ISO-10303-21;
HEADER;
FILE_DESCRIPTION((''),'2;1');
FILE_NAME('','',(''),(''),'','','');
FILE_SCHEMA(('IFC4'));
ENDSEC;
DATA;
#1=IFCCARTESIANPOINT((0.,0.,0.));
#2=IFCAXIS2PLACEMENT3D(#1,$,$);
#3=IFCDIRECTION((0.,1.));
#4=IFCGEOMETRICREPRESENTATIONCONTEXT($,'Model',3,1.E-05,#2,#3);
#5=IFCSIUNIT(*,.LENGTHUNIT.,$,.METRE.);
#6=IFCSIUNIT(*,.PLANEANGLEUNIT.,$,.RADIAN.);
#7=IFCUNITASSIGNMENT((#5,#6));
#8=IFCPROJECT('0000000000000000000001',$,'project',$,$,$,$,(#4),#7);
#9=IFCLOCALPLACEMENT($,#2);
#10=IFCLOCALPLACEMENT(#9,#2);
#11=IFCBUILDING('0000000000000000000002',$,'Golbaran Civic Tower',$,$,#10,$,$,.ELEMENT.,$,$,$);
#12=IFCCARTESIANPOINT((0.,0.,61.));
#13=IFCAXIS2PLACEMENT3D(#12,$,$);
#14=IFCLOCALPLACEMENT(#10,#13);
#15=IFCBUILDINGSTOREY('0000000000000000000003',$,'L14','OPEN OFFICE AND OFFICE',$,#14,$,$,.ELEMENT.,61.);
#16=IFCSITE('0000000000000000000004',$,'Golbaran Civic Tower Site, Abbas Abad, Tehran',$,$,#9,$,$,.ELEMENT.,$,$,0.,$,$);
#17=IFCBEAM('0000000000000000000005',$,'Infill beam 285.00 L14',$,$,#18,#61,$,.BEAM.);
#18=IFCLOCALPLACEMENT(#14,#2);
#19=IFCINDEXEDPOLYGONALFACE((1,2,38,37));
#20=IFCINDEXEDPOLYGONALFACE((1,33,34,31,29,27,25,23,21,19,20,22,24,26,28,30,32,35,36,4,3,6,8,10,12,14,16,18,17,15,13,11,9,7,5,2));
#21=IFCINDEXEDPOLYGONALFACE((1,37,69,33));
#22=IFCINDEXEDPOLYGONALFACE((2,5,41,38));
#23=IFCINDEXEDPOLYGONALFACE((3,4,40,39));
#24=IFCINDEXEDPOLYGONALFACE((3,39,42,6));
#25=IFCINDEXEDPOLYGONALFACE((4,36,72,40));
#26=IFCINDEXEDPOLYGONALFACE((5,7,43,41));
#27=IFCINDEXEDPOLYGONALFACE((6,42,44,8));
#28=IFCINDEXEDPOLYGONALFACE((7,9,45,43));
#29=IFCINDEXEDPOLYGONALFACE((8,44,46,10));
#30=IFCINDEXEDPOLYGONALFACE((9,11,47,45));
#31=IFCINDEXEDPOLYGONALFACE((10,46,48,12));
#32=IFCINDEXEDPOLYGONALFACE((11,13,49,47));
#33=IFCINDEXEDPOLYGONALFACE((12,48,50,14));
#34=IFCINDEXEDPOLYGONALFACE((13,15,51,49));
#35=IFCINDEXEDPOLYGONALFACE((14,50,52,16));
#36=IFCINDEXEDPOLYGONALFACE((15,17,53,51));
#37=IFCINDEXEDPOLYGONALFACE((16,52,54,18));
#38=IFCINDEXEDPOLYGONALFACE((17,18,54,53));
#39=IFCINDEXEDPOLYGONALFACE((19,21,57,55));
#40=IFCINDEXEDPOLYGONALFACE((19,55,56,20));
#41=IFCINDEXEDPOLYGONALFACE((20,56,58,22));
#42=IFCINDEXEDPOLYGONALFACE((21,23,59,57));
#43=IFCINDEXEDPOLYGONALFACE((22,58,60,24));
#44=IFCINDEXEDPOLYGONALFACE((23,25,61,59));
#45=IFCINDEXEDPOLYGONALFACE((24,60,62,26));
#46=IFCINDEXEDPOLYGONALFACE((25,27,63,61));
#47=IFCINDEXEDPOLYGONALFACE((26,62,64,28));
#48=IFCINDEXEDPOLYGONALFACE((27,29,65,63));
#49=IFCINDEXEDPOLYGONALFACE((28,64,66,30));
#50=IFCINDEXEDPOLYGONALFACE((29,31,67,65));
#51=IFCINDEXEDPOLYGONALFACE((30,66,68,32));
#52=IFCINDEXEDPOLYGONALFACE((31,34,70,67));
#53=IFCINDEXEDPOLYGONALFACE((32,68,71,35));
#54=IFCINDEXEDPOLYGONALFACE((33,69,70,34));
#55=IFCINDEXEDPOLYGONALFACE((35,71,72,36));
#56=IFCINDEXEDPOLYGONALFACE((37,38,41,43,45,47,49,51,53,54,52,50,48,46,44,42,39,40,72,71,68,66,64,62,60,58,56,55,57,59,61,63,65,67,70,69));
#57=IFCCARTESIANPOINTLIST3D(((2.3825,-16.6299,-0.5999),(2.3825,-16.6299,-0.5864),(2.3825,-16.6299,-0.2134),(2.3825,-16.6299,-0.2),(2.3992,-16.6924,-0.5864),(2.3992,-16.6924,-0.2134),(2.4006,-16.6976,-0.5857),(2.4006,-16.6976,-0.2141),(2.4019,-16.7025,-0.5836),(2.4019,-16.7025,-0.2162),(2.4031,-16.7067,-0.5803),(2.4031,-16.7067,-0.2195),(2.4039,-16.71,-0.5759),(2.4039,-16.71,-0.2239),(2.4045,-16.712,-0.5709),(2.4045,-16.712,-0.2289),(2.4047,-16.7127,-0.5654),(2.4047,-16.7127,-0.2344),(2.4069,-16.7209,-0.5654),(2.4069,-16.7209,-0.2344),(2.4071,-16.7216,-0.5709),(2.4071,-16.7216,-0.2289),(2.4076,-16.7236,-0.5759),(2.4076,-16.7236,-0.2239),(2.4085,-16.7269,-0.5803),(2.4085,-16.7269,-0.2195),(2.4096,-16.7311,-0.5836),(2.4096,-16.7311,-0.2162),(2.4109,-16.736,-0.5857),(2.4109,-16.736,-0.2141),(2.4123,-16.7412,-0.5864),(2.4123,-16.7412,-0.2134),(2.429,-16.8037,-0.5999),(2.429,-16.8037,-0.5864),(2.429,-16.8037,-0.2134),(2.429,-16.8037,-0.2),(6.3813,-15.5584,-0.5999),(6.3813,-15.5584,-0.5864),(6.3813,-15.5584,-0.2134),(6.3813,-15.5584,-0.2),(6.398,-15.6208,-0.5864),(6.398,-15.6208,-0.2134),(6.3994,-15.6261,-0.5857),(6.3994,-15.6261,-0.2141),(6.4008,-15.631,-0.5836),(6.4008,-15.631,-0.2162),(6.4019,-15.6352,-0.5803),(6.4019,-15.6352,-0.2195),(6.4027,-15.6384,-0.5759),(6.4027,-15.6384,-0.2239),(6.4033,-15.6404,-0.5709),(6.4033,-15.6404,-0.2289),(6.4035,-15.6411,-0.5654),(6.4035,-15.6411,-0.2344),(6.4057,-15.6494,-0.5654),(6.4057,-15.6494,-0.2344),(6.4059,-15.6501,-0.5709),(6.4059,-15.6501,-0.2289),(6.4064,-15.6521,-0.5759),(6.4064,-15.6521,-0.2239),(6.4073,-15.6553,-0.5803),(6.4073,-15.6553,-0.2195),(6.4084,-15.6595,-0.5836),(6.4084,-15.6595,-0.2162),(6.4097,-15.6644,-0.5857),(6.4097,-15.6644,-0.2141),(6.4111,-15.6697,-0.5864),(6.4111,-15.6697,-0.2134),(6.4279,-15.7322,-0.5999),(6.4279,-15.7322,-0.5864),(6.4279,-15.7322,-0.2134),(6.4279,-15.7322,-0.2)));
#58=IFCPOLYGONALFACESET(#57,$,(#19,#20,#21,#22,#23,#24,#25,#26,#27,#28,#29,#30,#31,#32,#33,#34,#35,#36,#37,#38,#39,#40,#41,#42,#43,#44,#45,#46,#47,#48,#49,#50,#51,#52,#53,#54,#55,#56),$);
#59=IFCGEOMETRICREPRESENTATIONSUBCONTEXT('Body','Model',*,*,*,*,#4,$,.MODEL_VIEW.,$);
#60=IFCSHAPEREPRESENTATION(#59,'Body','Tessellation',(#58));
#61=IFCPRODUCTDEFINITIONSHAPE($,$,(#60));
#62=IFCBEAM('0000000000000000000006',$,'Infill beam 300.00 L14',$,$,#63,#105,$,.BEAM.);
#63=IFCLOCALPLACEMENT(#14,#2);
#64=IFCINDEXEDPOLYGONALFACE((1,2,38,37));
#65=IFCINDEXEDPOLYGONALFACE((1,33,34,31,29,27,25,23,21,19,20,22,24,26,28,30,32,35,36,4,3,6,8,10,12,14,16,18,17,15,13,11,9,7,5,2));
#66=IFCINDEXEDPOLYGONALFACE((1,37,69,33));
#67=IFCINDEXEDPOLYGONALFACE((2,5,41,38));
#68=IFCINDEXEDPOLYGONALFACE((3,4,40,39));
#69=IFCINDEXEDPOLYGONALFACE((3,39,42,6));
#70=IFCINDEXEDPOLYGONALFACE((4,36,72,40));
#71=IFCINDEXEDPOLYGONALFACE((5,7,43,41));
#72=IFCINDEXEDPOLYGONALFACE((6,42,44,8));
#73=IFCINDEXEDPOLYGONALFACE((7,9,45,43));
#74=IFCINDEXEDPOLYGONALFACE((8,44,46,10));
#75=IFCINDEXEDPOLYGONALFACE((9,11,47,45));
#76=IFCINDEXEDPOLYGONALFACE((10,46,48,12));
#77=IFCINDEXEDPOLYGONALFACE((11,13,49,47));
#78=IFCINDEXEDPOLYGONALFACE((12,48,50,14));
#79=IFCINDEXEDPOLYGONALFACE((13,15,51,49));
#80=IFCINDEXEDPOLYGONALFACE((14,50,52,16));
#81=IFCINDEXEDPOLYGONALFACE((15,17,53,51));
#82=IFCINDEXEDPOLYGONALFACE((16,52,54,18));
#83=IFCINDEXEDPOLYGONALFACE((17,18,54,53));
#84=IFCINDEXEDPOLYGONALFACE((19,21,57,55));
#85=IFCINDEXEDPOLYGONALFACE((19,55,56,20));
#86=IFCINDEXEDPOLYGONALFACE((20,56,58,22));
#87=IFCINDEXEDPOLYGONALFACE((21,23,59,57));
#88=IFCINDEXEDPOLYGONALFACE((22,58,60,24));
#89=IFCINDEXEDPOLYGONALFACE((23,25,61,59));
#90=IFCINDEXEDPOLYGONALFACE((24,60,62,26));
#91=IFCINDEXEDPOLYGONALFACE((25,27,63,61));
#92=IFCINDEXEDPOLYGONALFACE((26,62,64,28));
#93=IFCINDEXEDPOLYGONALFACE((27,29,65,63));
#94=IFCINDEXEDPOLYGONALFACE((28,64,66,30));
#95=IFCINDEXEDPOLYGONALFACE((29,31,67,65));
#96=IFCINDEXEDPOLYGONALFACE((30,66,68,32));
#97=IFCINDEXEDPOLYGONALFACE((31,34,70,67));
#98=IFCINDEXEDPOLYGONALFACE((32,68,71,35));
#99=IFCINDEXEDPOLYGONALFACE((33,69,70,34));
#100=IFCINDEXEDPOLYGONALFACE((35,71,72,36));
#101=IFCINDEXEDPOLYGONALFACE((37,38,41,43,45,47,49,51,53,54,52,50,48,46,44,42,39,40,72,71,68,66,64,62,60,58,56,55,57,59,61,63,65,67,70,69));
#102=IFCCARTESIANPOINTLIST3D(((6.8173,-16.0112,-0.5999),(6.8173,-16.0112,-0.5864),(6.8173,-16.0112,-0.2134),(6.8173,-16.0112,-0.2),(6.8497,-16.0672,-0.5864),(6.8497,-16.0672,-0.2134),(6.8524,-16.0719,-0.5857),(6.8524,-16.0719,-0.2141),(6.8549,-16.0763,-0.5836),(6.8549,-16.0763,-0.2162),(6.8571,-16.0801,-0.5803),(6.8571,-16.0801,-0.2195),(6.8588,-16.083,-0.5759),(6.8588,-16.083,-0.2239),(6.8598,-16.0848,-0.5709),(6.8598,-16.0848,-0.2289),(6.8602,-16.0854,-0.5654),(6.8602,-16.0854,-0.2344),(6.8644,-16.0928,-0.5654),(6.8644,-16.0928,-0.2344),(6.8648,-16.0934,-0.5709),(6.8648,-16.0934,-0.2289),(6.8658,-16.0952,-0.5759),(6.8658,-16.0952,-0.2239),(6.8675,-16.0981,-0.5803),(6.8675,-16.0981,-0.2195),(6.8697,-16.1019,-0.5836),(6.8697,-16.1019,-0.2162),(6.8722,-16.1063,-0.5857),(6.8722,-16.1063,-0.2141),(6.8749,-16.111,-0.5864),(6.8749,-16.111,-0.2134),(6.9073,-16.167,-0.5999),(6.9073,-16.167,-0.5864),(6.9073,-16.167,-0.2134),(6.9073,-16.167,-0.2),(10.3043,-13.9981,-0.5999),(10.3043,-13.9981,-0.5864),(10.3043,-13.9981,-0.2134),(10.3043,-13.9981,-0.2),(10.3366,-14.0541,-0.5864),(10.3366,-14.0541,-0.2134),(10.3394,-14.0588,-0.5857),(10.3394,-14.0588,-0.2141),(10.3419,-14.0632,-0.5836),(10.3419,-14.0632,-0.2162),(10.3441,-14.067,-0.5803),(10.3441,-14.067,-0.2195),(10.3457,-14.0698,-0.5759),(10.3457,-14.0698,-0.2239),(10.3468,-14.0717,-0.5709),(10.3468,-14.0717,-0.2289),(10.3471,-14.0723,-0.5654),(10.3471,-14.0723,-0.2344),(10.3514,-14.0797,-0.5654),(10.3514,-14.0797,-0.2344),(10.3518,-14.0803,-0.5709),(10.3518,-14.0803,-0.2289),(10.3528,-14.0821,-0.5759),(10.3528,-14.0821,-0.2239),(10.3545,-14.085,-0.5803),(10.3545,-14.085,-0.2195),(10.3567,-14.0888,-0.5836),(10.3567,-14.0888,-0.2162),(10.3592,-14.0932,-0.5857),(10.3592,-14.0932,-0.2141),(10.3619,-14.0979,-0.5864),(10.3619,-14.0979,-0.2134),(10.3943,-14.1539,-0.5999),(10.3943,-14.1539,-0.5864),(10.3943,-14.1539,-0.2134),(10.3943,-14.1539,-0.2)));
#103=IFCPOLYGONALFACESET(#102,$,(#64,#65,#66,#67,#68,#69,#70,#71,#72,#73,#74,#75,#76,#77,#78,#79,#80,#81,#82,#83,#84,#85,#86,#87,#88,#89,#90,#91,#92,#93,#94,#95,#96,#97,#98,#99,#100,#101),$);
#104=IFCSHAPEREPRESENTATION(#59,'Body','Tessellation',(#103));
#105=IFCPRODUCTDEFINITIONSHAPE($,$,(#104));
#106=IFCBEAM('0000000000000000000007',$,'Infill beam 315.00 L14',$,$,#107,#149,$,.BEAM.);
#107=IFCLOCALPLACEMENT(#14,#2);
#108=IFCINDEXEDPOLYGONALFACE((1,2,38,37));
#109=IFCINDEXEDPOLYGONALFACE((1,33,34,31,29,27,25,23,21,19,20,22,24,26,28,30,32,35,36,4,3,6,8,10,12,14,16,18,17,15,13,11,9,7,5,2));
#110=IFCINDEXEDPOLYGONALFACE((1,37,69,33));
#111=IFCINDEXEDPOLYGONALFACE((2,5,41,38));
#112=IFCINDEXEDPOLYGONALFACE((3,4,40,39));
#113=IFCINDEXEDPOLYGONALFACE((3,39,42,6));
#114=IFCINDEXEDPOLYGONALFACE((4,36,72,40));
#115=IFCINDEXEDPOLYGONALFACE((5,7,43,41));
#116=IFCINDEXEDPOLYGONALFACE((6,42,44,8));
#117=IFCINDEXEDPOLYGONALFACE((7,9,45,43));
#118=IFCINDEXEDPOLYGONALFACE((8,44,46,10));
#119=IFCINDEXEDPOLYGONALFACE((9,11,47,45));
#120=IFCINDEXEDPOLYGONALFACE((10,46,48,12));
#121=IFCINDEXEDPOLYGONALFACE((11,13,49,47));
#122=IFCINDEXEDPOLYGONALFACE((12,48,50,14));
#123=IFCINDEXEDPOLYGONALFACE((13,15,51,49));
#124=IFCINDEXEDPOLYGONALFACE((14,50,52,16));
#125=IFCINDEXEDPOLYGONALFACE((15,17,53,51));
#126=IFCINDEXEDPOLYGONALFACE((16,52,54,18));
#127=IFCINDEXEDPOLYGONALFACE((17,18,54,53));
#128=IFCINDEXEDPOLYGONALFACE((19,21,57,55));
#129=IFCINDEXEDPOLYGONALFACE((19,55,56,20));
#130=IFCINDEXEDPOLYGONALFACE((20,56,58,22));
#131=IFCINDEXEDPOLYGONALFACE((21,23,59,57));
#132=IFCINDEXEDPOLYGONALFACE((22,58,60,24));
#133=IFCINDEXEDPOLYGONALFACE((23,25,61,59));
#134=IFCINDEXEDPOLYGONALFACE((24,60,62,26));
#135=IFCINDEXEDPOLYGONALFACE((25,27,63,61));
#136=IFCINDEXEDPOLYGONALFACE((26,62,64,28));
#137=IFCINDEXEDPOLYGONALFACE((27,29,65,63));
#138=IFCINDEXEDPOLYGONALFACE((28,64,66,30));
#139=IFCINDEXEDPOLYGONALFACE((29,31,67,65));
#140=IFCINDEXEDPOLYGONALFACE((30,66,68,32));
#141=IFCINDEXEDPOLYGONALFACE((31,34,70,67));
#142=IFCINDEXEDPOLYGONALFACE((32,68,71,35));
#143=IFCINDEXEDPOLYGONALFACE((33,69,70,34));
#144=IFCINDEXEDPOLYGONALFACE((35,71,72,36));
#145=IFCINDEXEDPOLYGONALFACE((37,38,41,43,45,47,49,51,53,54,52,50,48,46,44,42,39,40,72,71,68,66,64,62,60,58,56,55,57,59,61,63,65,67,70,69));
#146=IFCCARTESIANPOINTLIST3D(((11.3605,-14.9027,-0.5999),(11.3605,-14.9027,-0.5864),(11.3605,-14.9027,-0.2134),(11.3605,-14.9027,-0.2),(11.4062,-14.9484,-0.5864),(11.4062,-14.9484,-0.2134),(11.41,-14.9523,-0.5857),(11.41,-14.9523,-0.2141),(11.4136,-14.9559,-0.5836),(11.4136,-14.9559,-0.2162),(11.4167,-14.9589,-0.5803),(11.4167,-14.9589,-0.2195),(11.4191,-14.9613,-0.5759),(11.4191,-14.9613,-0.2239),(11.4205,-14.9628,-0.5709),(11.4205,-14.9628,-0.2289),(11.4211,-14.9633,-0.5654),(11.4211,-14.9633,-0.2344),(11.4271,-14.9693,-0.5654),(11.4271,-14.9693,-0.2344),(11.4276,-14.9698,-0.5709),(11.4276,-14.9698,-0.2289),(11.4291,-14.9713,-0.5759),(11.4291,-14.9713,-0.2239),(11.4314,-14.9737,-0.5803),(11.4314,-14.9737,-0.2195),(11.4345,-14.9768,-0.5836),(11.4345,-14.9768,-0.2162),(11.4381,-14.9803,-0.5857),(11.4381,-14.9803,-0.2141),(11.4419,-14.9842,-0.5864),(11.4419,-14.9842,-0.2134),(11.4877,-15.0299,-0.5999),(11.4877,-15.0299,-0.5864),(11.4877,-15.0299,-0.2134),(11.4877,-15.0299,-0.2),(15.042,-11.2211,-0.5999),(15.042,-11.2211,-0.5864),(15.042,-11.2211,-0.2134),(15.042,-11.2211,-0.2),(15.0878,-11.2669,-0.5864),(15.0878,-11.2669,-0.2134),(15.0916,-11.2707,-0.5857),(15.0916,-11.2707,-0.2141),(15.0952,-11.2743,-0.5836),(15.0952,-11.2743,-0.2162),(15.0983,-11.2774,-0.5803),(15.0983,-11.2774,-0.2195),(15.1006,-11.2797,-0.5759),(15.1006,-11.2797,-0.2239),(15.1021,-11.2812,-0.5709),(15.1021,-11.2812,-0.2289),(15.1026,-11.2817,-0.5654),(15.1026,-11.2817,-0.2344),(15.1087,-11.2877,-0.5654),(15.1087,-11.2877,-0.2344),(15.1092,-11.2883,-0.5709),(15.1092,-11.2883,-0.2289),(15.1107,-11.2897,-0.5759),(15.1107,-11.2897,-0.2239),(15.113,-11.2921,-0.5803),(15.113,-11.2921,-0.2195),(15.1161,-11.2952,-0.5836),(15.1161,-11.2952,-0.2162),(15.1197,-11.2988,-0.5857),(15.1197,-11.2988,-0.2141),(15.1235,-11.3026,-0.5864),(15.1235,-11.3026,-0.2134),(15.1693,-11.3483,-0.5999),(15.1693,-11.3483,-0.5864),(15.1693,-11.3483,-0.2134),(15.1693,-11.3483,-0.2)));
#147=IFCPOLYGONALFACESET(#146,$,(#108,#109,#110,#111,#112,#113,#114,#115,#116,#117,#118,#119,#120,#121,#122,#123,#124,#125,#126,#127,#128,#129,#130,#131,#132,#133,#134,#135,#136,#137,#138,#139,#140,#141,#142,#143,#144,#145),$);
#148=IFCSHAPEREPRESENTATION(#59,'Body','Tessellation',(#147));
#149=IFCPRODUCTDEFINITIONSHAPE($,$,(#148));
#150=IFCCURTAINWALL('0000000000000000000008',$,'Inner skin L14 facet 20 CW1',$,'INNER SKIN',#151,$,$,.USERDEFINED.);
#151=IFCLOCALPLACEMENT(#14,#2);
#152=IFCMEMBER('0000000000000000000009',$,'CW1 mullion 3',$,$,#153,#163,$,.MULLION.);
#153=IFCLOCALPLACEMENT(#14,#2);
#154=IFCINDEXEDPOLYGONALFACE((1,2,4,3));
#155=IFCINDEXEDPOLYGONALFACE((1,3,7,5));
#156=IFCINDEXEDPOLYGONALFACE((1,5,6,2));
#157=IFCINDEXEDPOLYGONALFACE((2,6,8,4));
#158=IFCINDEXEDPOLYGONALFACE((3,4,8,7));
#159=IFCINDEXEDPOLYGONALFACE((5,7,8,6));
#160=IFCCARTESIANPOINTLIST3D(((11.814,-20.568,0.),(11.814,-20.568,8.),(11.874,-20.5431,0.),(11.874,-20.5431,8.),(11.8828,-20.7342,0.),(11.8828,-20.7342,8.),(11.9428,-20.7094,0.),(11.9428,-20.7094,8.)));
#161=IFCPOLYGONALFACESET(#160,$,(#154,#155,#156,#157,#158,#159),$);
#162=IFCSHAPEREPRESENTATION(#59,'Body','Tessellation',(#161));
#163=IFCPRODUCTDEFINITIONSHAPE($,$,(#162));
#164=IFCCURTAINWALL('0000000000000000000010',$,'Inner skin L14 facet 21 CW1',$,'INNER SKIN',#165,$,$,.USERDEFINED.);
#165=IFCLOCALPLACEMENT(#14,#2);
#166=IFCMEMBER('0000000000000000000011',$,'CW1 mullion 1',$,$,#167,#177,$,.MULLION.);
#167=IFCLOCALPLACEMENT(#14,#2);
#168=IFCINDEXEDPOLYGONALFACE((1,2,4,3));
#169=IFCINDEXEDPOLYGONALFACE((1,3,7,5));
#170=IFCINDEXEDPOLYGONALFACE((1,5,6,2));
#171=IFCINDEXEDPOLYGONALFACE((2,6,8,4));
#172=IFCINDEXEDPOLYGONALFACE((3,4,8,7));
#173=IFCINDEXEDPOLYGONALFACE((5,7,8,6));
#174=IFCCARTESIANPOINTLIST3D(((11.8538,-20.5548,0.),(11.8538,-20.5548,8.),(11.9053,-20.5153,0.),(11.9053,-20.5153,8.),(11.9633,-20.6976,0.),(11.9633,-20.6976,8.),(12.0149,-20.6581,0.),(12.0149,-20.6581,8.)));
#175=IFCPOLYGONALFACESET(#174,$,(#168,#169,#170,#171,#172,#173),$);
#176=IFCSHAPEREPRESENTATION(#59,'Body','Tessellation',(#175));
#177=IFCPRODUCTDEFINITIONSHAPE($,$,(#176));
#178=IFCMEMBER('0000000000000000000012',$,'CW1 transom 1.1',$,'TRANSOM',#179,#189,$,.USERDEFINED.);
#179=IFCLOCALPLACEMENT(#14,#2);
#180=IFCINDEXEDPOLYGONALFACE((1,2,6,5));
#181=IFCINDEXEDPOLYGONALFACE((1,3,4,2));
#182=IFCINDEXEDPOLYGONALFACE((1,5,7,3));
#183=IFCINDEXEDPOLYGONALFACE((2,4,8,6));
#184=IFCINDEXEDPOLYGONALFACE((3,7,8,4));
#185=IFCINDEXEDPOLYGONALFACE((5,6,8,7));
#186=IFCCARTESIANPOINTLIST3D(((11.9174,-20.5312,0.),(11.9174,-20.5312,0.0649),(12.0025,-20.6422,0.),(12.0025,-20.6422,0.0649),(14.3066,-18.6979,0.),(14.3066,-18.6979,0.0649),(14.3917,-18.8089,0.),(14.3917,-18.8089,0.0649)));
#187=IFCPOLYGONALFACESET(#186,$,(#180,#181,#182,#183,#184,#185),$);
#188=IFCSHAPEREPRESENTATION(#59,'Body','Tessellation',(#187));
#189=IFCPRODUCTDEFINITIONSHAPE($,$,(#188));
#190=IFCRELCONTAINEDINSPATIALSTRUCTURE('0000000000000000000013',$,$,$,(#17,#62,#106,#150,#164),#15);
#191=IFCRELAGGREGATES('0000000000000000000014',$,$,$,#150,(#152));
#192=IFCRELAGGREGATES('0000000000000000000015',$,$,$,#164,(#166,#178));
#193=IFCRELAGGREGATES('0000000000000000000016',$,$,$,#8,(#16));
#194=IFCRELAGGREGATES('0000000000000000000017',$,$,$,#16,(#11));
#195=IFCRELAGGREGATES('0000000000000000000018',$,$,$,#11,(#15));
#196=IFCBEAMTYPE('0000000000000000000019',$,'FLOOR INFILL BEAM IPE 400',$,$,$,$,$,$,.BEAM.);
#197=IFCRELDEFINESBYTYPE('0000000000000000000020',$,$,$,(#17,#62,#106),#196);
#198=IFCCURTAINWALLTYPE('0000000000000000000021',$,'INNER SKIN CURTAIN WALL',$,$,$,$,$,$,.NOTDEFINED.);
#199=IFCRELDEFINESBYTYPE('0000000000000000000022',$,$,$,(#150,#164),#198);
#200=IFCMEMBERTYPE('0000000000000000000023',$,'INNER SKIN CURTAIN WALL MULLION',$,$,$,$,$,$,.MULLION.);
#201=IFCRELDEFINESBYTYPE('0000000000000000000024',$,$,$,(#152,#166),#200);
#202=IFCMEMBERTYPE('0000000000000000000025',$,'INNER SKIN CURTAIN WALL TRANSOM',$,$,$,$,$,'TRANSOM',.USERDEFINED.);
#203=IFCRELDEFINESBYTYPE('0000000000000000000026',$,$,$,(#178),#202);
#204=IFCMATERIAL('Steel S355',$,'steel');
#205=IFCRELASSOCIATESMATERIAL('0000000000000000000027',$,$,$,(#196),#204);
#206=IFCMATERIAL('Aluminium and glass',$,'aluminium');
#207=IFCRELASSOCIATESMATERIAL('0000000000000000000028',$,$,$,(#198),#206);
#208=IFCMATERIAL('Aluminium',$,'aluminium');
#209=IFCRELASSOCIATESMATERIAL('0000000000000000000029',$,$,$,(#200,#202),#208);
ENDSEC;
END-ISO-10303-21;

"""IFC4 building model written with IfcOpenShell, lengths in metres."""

from ifc_helpers import new_model, si_unit, direction, frame, origin, origin_2d, place, context, subcontext, project, spatial, rectangle, i_section, extrude, material, material_profile, profile_set, type_object, element, aggregate, save


model = new_model("IFC4")

# Units and contexts
model_context = context("Model", 3, precision=1e-05, world=origin(), true_north=direction((0.0, 1.0)))
body_context = subcontext(model_context, "Body", "Model", "MODEL_VIEW")
ifc_project = project(units=[si_unit("LENGTHUNIT", "METRE"), si_unit("PLANEANGLEUNIT", "RADIAN")], contexts=[model_context])

# Site, building, storey
site_placement = place(None, origin())
site = spatial("IfcSite", under=ifc_project, at=site_placement, Name="Golbaran Civic Tower Site, Abbas Abad, Tehran", CompositionType="ELEMENT", RefElevation=0.0)
building_placement = place(site_placement, origin())
building = spatial("IfcBuilding", under=site, at=building_placement, Name="Golbaran Civic Tower", CompositionType="ELEMENT")
storey_placement = place(building_placement, frame((0.0, 0.0, 61.0)))
storey = spatial("IfcBuildingStorey", under=building, at=storey_placement, Name="L14", Description="OPEN OFFICE AND OFFICE", CompositionType="ELEMENT", Elevation=61.0)

# Beams
ifc_material_1 = material(Name="Steel S355", Category="steel")
ifc_material_profile_1 = material_profile(ifc_material_1, i_section(OverallWidth=0.1799, OverallDepth=0.3999, WebThickness=0.0085, FlangeThickness=0.0134, FilletRadius=0.021, at=origin_2d()), Name="IPE 400")
ifc_profile_set_1 = profile_set([ifc_material_profile_1], Name="Steel S355")
beam_type_1 = type_object("IfcBeamType", Name="FLOOR INFILL BEAM IPE 400", PredefinedType="BEAM", material=ifc_profile_set_1)
beam_1_placement = place(storey_placement, frame((2.4058, -16.7168, -0.3999), z_axis=(0.965922, 0.258833, 0.0), x_axis=(-0.258833, 0.965922, 0.0)))
element("IfcBeam", 1, at=beam_1_placement, inside=storey, type_object=beam_type_1, Name="Infill beam 285.00 L14", PredefinedType="BEAM", context=body_context, shape_type="SweptSolid", body=[
    extrude(i_section(OverallWidth=0.1799, OverallDepth=0.3999, WebThickness=0.0085, FlangeThickness=0.0134, FilletRadius=0.021, at=origin_2d()), origin(), (0.0, 0.0, 1.0), 4.1399),
])
beam_2_placement = place(storey_placement, frame((6.8623, -16.0891, -0.3999), z_axis=(0.866033, 0.499987, 0.0), x_axis=(-0.499987, 0.866033, 0.0)))
element("IfcBeam", 2, at=beam_2_placement, inside=storey, type_object=beam_type_1, Name="Infill beam 300.00 L14", PredefinedType="BEAM", context=body_context, shape_type="SweptSolid", body=[
    extrude(i_section(OverallWidth=0.1799, OverallDepth=0.3999, WebThickness=0.0085, FlangeThickness=0.0134, FilletRadius=0.021, at=origin_2d()), origin(), (0.0, 0.0, 1.0), 4.0264),
])
beam_3_placement = place(storey_placement, frame((11.4241, -14.9663, -0.3999), z_axis=(0.707107, 0.707107, 0.0), x_axis=(-0.707107, 0.707107, 0.0)))
element("IfcBeam", 3, at=beam_3_placement, inside=storey, type_object=beam_type_1, Name="Infill beam 315.00 L14", PredefinedType="BEAM", context=body_context, shape_type="SweptSolid", body=[
    extrude(i_section(OverallWidth=0.1799, OverallDepth=0.3999, WebThickness=0.0085, FlangeThickness=0.0134, FilletRadius=0.021, at=origin_2d()), origin(), (0.0, 0.0, 1.0), 5.2065),
])

# Curtain wall, member
ifc_material_2 = material(Name="Aluminium and glass", Category="aluminium")
curtain_wall_type = type_object("IfcCurtainWallType", Name="INNER SKIN CURTAIN WALL", PredefinedType="NOTDEFINED", material=ifc_material_2)
curtain_wall_1_placement = place(storey_placement, origin())
curtain_wall_1 = element("IfcCurtainWall", 4, at=curtain_wall_1_placement, inside=storey, type_object=curtain_wall_type, Name="Inner skin L14 facet 20 CW1", ObjectType="INNER SKIN", PredefinedType="USERDEFINED")
ifc_material_3 = material(Name="Aluminium", Category="aluminium")
ifc_material_profile_2 = material_profile(ifc_material_3, rectangle(XDim=0.1799, YDim=0.0649, at=origin_2d()), Name="INNER SKIN CURTAIN WALL MULLION")
ifc_profile_set_2 = profile_set([ifc_material_profile_2], Name="Aluminium")
member_type_1 = type_object("IfcMemberType", Name="INNER SKIN CURTAIN WALL MULLION", PredefinedType="MULLION", material=ifc_profile_set_2)
member_1_placement = place(storey_placement, frame((11.8784, -20.6387, 0.0), z_axis=(0.0, 0.0, 1.0), x_axis=(-0.382683, 0.92388, 0.0)))
member_1 = element("IfcMember", 5, at=member_1_placement, type_object=member_type_1, Name="CW1 mullion 3", PredefinedType="MULLION", context=body_context, shape_type="SweptSolid", body=[
    extrude(rectangle(XDim=0.1799, YDim=0.0649, at=origin_2d()), origin(), (0.0, 0.0, 1.0), 8.0),
])

# Curtain wall, members
curtain_wall_2_placement = place(storey_placement, origin())
curtain_wall_2 = element("IfcCurtainWall", 6, at=curtain_wall_2_placement, inside=storey, type_object=curtain_wall_type, Name="Inner skin L14 facet 21 CW1", ObjectType="INNER SKIN", PredefinedType="USERDEFINED")
member_2_placement = place(storey_placement, frame((11.9343, -20.6064, 0.0), z_axis=(0.0, 0.0, 1.0), x_axis=(-0.608761, 0.793353, 0.0)))
member_2 = element("IfcMember", 7, at=member_2_placement, type_object=member_type_1, Name="CW1 mullion 1", PredefinedType="MULLION", context=body_context, shape_type="SweptSolid", body=[
    extrude(rectangle(XDim=0.1799, YDim=0.0649, at=origin_2d()), origin(), (0.0, 0.0, 1.0), 8.0),
])
ifc_material_profile_3 = material_profile(ifc_material_3, rectangle(XDim=0.1399, YDim=0.0649, at=origin_2d()), Name="INNER SKIN CURTAIN WALL TRANSOM")
ifc_profile_set_3 = profile_set([ifc_material_profile_3], Name="Aluminium")
member_type_2 = type_object("IfcMemberType", Name="INNER SKIN CURTAIN WALL TRANSOM", ElementType="TRANSOM", PredefinedType="USERDEFINED", material=ifc_profile_set_3)
member_3_placement = place(storey_placement, frame((11.96, -20.5867, 0.0325), z_axis=(0.793356, 0.608758, 0.0), x_axis=(-0.608758, 0.793356, 0.0)))
member_3 = element("IfcMember", 8, at=member_3_placement, type_object=member_type_2, Name="CW1 transom 1.1", ObjectType="TRANSOM", PredefinedType="USERDEFINED", context=body_context, shape_type="SweptSolid", body=[
    extrude(rectangle(XDim=0.1399, YDim=0.0649, at=origin_2d()), origin(), (0.0, 0.0, 1.0), 3.0115),
])

aggregate(curtain_wall_1, [member_1])
aggregate(curtain_wall_2, [member_2, member_3])

save(model, "model.ifc")
